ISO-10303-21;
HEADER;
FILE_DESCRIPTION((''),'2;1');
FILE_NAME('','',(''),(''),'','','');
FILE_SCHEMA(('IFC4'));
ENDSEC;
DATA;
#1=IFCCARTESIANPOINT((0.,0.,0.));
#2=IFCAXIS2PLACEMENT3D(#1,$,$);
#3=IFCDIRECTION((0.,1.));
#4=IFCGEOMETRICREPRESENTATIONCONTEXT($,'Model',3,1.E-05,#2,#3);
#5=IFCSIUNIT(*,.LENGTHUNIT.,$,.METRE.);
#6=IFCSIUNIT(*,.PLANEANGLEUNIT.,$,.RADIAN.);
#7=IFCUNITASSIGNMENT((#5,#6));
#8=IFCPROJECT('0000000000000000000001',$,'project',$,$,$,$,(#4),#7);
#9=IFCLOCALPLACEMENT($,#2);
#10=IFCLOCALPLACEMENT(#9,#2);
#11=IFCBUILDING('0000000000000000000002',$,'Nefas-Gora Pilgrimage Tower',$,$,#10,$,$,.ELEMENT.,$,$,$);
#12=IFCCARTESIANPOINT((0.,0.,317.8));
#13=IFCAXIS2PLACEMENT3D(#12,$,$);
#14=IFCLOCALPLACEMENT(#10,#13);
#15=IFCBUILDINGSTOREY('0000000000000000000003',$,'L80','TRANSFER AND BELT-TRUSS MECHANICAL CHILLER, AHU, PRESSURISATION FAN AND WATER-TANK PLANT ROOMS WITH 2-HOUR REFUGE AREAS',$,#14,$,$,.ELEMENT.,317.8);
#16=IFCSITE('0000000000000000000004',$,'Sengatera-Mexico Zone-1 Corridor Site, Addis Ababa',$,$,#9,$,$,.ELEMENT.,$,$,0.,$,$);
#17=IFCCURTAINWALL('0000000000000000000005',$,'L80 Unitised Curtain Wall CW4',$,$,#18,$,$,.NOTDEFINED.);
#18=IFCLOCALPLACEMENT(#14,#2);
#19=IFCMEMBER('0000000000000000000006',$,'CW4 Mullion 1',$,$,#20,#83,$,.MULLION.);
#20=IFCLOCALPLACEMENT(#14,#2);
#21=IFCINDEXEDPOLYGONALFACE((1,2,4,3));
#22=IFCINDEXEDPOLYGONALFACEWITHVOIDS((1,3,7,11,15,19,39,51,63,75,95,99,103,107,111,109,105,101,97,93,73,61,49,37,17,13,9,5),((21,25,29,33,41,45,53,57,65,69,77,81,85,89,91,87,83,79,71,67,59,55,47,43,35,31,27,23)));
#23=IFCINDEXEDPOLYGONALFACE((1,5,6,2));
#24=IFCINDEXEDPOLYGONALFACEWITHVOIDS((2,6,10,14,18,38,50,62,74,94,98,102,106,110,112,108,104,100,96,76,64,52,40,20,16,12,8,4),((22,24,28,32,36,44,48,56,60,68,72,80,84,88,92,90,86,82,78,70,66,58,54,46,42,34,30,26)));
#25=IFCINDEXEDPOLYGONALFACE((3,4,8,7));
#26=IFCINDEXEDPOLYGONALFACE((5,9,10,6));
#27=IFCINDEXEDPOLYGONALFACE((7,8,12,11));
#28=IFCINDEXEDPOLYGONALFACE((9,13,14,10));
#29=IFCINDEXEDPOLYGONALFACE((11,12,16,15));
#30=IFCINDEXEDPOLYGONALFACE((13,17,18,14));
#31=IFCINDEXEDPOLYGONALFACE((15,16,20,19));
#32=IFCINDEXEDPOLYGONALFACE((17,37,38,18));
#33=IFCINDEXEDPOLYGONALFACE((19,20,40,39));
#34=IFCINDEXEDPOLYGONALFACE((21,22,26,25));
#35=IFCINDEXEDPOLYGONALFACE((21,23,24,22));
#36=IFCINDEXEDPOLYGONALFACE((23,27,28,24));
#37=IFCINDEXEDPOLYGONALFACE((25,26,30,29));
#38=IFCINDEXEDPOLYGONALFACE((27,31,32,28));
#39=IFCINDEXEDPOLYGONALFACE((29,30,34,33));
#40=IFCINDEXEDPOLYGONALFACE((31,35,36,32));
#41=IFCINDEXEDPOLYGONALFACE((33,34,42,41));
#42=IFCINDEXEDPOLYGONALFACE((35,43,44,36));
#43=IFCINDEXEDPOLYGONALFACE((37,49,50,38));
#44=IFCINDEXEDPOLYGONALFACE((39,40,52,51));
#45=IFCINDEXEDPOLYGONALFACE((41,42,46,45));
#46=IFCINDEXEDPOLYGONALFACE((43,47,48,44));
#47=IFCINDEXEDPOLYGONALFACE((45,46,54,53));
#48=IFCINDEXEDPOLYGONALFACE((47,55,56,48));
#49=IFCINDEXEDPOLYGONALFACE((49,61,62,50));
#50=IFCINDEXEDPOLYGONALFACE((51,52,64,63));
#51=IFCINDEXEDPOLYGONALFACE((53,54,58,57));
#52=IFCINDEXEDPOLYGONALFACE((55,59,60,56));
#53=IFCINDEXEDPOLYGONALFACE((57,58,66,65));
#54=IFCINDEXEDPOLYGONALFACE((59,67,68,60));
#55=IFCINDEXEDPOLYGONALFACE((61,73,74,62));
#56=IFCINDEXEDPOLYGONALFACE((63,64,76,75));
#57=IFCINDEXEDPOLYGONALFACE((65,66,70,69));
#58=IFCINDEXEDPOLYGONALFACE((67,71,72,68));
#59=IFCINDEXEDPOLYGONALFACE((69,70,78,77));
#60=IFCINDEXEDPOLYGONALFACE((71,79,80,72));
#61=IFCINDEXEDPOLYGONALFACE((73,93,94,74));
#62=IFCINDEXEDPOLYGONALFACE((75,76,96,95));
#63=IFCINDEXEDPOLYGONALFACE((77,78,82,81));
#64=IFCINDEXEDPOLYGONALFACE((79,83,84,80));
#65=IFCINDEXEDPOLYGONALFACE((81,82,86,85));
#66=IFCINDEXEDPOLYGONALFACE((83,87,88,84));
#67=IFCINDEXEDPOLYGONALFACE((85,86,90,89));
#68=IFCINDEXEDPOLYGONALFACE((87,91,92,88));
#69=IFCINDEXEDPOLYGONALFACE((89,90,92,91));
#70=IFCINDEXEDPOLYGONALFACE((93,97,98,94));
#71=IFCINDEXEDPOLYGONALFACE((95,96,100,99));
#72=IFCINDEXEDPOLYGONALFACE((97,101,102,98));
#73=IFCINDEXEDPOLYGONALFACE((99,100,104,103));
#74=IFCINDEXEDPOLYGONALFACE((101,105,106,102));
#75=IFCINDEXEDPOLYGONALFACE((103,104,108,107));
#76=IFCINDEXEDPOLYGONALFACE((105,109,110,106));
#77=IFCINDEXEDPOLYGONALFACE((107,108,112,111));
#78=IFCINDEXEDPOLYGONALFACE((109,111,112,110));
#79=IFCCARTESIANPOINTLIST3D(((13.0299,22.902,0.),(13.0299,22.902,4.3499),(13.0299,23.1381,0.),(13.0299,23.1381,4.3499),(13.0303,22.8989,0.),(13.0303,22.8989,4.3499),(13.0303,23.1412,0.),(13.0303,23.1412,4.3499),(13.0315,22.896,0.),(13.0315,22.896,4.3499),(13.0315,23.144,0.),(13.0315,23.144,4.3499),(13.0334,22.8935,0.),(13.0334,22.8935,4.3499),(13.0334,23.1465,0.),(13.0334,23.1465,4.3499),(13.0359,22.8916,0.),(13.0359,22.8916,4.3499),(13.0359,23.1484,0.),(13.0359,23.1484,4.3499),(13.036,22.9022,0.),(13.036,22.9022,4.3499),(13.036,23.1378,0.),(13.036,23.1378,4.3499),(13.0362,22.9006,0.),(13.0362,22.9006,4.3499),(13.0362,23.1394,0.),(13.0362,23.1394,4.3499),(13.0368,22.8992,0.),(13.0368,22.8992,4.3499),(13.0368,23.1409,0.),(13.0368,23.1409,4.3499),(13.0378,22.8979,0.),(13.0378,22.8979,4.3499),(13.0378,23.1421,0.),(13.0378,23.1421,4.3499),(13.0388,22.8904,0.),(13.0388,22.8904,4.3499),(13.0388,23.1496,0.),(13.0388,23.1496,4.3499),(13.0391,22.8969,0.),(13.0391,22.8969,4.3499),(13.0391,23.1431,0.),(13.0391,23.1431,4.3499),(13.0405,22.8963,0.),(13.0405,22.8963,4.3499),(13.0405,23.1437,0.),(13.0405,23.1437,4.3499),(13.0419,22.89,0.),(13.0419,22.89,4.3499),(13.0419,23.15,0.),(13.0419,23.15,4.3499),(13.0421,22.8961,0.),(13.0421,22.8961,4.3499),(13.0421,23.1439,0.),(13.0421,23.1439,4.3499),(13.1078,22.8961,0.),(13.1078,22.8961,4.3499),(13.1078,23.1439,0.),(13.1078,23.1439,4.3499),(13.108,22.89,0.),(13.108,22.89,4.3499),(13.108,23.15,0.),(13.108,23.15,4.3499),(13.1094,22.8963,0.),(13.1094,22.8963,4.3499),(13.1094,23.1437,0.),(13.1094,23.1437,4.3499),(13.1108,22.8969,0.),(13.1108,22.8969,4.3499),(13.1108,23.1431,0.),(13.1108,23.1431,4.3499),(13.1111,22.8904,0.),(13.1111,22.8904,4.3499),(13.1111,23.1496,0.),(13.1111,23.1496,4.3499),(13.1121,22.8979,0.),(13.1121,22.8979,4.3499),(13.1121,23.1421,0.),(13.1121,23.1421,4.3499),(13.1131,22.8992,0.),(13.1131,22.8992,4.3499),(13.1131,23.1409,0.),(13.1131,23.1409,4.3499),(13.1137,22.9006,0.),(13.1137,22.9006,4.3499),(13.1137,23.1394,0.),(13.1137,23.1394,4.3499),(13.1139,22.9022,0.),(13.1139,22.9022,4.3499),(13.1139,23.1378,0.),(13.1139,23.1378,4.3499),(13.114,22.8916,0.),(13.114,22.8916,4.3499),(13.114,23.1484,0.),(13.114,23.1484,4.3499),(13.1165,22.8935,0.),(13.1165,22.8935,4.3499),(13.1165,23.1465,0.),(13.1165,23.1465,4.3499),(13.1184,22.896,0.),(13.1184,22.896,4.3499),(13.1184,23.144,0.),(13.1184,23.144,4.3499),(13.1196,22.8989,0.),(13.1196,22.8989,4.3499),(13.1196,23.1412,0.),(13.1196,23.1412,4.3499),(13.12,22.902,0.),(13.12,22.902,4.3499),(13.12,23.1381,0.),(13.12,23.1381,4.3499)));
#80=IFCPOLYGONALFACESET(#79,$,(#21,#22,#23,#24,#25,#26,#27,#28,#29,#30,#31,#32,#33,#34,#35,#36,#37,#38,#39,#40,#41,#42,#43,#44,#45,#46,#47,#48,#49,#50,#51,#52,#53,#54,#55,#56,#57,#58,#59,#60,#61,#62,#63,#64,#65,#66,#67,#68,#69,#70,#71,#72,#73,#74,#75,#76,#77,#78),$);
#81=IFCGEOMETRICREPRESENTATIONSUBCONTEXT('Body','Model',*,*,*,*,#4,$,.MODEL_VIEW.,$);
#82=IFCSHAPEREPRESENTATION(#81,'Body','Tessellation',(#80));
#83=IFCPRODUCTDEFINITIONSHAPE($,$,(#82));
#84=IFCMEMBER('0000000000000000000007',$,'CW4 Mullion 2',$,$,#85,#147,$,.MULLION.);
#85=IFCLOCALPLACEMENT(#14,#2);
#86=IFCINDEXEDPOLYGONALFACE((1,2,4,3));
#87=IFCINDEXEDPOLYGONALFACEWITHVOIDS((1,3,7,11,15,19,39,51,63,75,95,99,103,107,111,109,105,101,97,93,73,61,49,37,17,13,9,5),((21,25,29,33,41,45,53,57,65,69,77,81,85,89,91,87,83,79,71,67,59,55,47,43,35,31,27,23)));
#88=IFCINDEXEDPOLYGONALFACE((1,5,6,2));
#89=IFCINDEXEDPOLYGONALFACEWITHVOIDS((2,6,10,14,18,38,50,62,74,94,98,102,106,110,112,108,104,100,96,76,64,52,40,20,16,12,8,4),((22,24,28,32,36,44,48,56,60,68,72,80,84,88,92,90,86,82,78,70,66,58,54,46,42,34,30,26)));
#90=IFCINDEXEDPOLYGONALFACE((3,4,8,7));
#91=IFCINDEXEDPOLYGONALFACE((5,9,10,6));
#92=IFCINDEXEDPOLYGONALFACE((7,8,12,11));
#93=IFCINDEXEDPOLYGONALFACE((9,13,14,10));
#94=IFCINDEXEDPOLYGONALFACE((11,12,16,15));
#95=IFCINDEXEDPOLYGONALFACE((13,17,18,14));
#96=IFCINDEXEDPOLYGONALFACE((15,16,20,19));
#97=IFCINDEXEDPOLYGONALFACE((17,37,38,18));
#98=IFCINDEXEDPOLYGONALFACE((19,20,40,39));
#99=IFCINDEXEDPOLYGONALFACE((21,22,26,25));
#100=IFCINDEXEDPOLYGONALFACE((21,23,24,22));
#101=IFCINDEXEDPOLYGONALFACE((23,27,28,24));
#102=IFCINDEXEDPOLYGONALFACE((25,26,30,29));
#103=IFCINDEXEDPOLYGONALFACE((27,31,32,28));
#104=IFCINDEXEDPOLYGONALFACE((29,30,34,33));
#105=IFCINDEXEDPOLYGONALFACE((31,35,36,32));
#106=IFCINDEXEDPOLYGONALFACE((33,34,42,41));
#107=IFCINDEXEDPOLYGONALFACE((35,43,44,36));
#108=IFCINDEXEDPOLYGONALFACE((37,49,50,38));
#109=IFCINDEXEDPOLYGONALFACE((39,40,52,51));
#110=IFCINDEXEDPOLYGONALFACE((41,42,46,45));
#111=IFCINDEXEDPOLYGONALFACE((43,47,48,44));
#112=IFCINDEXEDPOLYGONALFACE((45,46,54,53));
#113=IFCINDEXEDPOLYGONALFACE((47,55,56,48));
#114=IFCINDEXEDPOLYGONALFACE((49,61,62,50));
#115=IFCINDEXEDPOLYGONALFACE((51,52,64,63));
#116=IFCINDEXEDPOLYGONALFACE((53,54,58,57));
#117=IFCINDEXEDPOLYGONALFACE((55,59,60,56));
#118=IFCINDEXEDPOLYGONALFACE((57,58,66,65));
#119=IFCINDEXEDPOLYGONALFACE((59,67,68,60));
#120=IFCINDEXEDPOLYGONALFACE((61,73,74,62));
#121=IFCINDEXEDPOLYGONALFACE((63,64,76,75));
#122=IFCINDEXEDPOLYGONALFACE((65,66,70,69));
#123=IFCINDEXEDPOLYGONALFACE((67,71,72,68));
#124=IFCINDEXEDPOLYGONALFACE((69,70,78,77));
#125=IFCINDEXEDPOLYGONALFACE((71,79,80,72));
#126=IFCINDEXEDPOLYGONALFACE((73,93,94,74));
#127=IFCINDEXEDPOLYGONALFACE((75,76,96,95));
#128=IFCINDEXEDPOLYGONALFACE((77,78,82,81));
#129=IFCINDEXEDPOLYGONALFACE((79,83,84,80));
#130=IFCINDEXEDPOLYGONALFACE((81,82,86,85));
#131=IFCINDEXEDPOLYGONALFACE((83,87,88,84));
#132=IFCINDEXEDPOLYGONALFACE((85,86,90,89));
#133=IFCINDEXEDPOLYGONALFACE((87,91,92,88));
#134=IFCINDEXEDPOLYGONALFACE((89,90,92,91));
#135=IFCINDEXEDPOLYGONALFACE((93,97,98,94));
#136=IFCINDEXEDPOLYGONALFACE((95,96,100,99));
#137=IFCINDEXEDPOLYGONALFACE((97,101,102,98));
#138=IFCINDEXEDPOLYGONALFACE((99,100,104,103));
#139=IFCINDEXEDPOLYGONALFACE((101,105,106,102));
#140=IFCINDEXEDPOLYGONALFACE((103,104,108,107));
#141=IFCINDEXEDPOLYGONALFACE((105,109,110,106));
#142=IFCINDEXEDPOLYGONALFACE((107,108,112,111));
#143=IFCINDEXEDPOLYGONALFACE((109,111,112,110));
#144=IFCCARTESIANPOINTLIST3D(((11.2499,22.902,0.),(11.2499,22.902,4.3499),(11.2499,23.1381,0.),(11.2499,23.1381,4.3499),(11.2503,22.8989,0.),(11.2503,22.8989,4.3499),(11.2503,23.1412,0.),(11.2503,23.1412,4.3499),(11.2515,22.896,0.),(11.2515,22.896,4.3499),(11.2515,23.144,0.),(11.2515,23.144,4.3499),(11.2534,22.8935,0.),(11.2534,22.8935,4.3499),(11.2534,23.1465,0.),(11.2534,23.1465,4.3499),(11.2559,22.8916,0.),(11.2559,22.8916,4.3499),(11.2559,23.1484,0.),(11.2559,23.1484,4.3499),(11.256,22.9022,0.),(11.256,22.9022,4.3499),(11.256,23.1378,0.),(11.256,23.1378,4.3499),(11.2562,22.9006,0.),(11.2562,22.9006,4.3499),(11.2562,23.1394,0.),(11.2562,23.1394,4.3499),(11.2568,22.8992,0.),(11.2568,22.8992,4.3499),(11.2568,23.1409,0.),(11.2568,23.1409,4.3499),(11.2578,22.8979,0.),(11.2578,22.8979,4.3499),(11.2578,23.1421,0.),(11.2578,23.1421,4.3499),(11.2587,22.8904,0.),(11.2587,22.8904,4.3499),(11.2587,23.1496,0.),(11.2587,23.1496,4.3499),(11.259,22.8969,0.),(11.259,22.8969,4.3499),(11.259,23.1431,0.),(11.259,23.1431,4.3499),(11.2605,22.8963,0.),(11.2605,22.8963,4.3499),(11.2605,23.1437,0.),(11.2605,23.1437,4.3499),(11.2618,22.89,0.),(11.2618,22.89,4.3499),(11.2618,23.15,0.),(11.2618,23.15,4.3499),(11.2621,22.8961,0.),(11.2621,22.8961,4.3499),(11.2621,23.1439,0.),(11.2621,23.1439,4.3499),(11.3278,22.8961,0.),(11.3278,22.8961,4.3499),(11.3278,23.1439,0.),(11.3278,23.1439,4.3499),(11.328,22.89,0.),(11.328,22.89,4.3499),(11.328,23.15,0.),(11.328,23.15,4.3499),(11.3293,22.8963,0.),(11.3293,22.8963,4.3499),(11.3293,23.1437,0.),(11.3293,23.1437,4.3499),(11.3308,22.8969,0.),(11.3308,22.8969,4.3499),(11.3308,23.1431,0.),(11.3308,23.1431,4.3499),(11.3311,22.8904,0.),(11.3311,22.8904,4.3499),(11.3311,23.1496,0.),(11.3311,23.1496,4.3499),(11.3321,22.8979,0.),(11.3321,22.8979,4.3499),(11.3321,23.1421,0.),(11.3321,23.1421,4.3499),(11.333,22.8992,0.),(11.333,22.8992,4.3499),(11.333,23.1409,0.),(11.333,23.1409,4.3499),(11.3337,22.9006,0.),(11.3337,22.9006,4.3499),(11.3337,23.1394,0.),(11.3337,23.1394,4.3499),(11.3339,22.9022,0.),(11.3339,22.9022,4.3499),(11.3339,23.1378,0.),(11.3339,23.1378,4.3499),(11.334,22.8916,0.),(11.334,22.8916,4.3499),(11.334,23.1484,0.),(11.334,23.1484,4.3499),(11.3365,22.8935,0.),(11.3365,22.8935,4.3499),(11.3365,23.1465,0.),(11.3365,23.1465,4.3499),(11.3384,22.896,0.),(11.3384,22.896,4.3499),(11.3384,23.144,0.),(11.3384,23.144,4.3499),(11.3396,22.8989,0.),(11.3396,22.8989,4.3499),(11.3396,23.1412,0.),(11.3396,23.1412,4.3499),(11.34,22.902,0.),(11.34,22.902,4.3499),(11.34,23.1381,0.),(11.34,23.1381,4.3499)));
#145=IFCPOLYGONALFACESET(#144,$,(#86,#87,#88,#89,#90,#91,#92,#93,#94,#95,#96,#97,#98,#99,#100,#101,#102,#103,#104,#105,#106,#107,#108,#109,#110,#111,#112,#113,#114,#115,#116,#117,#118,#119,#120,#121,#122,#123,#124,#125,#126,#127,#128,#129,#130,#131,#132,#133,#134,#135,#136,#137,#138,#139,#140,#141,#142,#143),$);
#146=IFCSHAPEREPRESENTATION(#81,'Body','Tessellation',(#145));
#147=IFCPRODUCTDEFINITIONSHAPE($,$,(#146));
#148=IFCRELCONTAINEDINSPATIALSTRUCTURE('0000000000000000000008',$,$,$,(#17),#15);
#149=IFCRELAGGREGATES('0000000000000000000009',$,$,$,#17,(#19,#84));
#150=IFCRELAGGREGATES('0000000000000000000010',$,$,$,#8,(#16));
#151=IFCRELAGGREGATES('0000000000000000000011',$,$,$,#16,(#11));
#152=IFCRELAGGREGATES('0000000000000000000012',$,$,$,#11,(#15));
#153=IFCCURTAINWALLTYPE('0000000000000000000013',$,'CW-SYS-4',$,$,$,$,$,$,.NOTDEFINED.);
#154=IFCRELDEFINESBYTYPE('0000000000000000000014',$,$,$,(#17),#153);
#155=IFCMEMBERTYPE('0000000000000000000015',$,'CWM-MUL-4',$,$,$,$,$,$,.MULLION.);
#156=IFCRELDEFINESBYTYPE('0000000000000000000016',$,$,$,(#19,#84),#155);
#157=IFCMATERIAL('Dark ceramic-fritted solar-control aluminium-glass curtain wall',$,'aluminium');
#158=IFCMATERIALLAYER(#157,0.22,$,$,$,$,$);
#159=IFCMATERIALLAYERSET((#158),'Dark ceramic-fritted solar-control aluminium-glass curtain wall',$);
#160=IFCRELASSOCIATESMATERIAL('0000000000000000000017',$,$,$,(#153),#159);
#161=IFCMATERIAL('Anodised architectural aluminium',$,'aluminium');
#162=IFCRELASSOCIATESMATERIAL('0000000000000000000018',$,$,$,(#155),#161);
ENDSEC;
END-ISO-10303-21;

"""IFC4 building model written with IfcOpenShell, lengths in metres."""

from ifc_helpers import new_model, si_unit, direction, frame, origin, origin_2d, place, context, subcontext, project, spatial, hollow_rectangle, extrude, source, transform, mapped, material, layer, layer_set, material_profile, profile_set, type_object, element, aggregate, save


model = new_model("IFC4")

# Units and contexts
model_context = context("Model", 3, precision=1e-05, world=origin(), true_north=direction((0.0, 1.0)))
body_context = subcontext(model_context, "Body", "Model", "MODEL_VIEW")
ifc_project = project(units=[si_unit("LENGTHUNIT", "METRE"), si_unit("PLANEANGLEUNIT", "RADIAN")], contexts=[model_context])

# Site, building, storey
site_placement = place(None, origin())
site = spatial("IfcSite", under=ifc_project, at=site_placement, Name="Sengatera-Mexico Zone-1 Corridor Site, Addis Ababa", CompositionType="ELEMENT", RefElevation=0.0)
building_placement = place(site_placement, origin())
building = spatial("IfcBuilding", under=site, at=building_placement, Name="Nefas-Gora Pilgrimage Tower", CompositionType="ELEMENT")
storey_placement = place(building_placement, frame((0.0, 0.0, 317.8)))
storey = spatial("IfcBuildingStorey", under=building, at=storey_placement, Name="L80", Description="TRANSFER AND BELT-TRUSS MECHANICAL CHILLER, AHU, PRESSURISATION FAN AND WATER-TANK PLANT ROOMS WITH 2-HOUR REFUGE AREAS", CompositionType="ELEMENT", Elevation=317.8)

# Curtain wall
ifc_material_1 = material(Name="Dark ceramic-fritted solar-control aluminium-glass curtain wall", Category="aluminium")
ifc_material_2 = material(Name="Anodised architectural aluminium", Category="aluminium")
ifc_layer_1 = layer(ifc_material_1, 0.22)
ifc_layer_set_1 = layer_set([ifc_layer_1], Name="Dark ceramic-fritted solar-control aluminium-glass curtain wall")
curtain_wall_type_1 = type_object("IfcCurtainWallType", Name="CW-SYS-4", PredefinedType="NOTDEFINED", material=ifc_layer_set_1)
curtain_wall_1_placement = place(storey_placement, origin())
curtain_wall_1 = element("IfcCurtainWall", 1, at=curtain_wall_1_placement, inside=storey, type_object=curtain_wall_type_1, Name="L80 Unitised Curtain Wall CW4", PredefinedType="NOTDEFINED")

# Shared definitions
ifc_material_profile_1 = material_profile(ifc_material_2, hollow_rectangle(XDim=0.0901, YDim=0.26, WallThickness=0.0061, InnerFilletRadius=0.0061, OuterFilletRadius=0.012, at=origin_2d()), Name="ALU MULLION 90x260")
ifc_profile_set_1 = profile_set([ifc_material_profile_1], Name="Anodised architectural aluminium")
member_type_1 = type_object("IfcMemberType", Name="CWM-MUL-4", PredefinedType="MULLION", material=ifc_profile_set_1)
shared_shape_1 = source(origin(), body_context, "Body", "SweptSolid", [
    extrude(hollow_rectangle(XDim=0.0901, YDim=0.26, WallThickness=0.0061, InnerFilletRadius=0.0061, OuterFilletRadius=0.012, at=origin_2d()), origin(), (0.0, 0.0, 1.0), 4.3499),
])

# Members
member_1_placement = place(storey_placement, frame((13.075, 23.02, 0.0), z_axis=(0.0, 0.0, 1.0), x_axis=(-1.0, 0.0, 0.0)))
member_1 = element("IfcMember", 2, at=member_1_placement, type_object=member_type_1, Name="CW4 Mullion 1", PredefinedType="MULLION", context=body_context, shape_type="MappedRepresentation", body=[
    mapped(shared_shape_1, transform((0.0, 0.0, 0.0), x_axis=(1.0, 0.0, 0.0), y_axis=(0.0, 1.0, 0.0), z_axis=(0.0, 0.0, 1.0), scale=1.0)),
])
member_2_placement = place(storey_placement, frame((11.2949, 23.02, 0.0), z_axis=(0.0, 0.0, 1.0), x_axis=(-1.0, 0.0, 0.0)))
member_2 = element("IfcMember", 3, at=member_2_placement, type_object=member_type_1, Name="CW4 Mullion 2", PredefinedType="MULLION", context=body_context, shape_type="MappedRepresentation", body=[
    mapped(shared_shape_1, transform((0.0, 0.0, 0.0), x_axis=(1.0, 0.0, 0.0), y_axis=(0.0, 1.0, 0.0), z_axis=(0.0, 0.0, 1.0), scale=1.0)),
])

aggregate(curtain_wall_1, [member_1, member_2])

save(model, "model.ifc")
